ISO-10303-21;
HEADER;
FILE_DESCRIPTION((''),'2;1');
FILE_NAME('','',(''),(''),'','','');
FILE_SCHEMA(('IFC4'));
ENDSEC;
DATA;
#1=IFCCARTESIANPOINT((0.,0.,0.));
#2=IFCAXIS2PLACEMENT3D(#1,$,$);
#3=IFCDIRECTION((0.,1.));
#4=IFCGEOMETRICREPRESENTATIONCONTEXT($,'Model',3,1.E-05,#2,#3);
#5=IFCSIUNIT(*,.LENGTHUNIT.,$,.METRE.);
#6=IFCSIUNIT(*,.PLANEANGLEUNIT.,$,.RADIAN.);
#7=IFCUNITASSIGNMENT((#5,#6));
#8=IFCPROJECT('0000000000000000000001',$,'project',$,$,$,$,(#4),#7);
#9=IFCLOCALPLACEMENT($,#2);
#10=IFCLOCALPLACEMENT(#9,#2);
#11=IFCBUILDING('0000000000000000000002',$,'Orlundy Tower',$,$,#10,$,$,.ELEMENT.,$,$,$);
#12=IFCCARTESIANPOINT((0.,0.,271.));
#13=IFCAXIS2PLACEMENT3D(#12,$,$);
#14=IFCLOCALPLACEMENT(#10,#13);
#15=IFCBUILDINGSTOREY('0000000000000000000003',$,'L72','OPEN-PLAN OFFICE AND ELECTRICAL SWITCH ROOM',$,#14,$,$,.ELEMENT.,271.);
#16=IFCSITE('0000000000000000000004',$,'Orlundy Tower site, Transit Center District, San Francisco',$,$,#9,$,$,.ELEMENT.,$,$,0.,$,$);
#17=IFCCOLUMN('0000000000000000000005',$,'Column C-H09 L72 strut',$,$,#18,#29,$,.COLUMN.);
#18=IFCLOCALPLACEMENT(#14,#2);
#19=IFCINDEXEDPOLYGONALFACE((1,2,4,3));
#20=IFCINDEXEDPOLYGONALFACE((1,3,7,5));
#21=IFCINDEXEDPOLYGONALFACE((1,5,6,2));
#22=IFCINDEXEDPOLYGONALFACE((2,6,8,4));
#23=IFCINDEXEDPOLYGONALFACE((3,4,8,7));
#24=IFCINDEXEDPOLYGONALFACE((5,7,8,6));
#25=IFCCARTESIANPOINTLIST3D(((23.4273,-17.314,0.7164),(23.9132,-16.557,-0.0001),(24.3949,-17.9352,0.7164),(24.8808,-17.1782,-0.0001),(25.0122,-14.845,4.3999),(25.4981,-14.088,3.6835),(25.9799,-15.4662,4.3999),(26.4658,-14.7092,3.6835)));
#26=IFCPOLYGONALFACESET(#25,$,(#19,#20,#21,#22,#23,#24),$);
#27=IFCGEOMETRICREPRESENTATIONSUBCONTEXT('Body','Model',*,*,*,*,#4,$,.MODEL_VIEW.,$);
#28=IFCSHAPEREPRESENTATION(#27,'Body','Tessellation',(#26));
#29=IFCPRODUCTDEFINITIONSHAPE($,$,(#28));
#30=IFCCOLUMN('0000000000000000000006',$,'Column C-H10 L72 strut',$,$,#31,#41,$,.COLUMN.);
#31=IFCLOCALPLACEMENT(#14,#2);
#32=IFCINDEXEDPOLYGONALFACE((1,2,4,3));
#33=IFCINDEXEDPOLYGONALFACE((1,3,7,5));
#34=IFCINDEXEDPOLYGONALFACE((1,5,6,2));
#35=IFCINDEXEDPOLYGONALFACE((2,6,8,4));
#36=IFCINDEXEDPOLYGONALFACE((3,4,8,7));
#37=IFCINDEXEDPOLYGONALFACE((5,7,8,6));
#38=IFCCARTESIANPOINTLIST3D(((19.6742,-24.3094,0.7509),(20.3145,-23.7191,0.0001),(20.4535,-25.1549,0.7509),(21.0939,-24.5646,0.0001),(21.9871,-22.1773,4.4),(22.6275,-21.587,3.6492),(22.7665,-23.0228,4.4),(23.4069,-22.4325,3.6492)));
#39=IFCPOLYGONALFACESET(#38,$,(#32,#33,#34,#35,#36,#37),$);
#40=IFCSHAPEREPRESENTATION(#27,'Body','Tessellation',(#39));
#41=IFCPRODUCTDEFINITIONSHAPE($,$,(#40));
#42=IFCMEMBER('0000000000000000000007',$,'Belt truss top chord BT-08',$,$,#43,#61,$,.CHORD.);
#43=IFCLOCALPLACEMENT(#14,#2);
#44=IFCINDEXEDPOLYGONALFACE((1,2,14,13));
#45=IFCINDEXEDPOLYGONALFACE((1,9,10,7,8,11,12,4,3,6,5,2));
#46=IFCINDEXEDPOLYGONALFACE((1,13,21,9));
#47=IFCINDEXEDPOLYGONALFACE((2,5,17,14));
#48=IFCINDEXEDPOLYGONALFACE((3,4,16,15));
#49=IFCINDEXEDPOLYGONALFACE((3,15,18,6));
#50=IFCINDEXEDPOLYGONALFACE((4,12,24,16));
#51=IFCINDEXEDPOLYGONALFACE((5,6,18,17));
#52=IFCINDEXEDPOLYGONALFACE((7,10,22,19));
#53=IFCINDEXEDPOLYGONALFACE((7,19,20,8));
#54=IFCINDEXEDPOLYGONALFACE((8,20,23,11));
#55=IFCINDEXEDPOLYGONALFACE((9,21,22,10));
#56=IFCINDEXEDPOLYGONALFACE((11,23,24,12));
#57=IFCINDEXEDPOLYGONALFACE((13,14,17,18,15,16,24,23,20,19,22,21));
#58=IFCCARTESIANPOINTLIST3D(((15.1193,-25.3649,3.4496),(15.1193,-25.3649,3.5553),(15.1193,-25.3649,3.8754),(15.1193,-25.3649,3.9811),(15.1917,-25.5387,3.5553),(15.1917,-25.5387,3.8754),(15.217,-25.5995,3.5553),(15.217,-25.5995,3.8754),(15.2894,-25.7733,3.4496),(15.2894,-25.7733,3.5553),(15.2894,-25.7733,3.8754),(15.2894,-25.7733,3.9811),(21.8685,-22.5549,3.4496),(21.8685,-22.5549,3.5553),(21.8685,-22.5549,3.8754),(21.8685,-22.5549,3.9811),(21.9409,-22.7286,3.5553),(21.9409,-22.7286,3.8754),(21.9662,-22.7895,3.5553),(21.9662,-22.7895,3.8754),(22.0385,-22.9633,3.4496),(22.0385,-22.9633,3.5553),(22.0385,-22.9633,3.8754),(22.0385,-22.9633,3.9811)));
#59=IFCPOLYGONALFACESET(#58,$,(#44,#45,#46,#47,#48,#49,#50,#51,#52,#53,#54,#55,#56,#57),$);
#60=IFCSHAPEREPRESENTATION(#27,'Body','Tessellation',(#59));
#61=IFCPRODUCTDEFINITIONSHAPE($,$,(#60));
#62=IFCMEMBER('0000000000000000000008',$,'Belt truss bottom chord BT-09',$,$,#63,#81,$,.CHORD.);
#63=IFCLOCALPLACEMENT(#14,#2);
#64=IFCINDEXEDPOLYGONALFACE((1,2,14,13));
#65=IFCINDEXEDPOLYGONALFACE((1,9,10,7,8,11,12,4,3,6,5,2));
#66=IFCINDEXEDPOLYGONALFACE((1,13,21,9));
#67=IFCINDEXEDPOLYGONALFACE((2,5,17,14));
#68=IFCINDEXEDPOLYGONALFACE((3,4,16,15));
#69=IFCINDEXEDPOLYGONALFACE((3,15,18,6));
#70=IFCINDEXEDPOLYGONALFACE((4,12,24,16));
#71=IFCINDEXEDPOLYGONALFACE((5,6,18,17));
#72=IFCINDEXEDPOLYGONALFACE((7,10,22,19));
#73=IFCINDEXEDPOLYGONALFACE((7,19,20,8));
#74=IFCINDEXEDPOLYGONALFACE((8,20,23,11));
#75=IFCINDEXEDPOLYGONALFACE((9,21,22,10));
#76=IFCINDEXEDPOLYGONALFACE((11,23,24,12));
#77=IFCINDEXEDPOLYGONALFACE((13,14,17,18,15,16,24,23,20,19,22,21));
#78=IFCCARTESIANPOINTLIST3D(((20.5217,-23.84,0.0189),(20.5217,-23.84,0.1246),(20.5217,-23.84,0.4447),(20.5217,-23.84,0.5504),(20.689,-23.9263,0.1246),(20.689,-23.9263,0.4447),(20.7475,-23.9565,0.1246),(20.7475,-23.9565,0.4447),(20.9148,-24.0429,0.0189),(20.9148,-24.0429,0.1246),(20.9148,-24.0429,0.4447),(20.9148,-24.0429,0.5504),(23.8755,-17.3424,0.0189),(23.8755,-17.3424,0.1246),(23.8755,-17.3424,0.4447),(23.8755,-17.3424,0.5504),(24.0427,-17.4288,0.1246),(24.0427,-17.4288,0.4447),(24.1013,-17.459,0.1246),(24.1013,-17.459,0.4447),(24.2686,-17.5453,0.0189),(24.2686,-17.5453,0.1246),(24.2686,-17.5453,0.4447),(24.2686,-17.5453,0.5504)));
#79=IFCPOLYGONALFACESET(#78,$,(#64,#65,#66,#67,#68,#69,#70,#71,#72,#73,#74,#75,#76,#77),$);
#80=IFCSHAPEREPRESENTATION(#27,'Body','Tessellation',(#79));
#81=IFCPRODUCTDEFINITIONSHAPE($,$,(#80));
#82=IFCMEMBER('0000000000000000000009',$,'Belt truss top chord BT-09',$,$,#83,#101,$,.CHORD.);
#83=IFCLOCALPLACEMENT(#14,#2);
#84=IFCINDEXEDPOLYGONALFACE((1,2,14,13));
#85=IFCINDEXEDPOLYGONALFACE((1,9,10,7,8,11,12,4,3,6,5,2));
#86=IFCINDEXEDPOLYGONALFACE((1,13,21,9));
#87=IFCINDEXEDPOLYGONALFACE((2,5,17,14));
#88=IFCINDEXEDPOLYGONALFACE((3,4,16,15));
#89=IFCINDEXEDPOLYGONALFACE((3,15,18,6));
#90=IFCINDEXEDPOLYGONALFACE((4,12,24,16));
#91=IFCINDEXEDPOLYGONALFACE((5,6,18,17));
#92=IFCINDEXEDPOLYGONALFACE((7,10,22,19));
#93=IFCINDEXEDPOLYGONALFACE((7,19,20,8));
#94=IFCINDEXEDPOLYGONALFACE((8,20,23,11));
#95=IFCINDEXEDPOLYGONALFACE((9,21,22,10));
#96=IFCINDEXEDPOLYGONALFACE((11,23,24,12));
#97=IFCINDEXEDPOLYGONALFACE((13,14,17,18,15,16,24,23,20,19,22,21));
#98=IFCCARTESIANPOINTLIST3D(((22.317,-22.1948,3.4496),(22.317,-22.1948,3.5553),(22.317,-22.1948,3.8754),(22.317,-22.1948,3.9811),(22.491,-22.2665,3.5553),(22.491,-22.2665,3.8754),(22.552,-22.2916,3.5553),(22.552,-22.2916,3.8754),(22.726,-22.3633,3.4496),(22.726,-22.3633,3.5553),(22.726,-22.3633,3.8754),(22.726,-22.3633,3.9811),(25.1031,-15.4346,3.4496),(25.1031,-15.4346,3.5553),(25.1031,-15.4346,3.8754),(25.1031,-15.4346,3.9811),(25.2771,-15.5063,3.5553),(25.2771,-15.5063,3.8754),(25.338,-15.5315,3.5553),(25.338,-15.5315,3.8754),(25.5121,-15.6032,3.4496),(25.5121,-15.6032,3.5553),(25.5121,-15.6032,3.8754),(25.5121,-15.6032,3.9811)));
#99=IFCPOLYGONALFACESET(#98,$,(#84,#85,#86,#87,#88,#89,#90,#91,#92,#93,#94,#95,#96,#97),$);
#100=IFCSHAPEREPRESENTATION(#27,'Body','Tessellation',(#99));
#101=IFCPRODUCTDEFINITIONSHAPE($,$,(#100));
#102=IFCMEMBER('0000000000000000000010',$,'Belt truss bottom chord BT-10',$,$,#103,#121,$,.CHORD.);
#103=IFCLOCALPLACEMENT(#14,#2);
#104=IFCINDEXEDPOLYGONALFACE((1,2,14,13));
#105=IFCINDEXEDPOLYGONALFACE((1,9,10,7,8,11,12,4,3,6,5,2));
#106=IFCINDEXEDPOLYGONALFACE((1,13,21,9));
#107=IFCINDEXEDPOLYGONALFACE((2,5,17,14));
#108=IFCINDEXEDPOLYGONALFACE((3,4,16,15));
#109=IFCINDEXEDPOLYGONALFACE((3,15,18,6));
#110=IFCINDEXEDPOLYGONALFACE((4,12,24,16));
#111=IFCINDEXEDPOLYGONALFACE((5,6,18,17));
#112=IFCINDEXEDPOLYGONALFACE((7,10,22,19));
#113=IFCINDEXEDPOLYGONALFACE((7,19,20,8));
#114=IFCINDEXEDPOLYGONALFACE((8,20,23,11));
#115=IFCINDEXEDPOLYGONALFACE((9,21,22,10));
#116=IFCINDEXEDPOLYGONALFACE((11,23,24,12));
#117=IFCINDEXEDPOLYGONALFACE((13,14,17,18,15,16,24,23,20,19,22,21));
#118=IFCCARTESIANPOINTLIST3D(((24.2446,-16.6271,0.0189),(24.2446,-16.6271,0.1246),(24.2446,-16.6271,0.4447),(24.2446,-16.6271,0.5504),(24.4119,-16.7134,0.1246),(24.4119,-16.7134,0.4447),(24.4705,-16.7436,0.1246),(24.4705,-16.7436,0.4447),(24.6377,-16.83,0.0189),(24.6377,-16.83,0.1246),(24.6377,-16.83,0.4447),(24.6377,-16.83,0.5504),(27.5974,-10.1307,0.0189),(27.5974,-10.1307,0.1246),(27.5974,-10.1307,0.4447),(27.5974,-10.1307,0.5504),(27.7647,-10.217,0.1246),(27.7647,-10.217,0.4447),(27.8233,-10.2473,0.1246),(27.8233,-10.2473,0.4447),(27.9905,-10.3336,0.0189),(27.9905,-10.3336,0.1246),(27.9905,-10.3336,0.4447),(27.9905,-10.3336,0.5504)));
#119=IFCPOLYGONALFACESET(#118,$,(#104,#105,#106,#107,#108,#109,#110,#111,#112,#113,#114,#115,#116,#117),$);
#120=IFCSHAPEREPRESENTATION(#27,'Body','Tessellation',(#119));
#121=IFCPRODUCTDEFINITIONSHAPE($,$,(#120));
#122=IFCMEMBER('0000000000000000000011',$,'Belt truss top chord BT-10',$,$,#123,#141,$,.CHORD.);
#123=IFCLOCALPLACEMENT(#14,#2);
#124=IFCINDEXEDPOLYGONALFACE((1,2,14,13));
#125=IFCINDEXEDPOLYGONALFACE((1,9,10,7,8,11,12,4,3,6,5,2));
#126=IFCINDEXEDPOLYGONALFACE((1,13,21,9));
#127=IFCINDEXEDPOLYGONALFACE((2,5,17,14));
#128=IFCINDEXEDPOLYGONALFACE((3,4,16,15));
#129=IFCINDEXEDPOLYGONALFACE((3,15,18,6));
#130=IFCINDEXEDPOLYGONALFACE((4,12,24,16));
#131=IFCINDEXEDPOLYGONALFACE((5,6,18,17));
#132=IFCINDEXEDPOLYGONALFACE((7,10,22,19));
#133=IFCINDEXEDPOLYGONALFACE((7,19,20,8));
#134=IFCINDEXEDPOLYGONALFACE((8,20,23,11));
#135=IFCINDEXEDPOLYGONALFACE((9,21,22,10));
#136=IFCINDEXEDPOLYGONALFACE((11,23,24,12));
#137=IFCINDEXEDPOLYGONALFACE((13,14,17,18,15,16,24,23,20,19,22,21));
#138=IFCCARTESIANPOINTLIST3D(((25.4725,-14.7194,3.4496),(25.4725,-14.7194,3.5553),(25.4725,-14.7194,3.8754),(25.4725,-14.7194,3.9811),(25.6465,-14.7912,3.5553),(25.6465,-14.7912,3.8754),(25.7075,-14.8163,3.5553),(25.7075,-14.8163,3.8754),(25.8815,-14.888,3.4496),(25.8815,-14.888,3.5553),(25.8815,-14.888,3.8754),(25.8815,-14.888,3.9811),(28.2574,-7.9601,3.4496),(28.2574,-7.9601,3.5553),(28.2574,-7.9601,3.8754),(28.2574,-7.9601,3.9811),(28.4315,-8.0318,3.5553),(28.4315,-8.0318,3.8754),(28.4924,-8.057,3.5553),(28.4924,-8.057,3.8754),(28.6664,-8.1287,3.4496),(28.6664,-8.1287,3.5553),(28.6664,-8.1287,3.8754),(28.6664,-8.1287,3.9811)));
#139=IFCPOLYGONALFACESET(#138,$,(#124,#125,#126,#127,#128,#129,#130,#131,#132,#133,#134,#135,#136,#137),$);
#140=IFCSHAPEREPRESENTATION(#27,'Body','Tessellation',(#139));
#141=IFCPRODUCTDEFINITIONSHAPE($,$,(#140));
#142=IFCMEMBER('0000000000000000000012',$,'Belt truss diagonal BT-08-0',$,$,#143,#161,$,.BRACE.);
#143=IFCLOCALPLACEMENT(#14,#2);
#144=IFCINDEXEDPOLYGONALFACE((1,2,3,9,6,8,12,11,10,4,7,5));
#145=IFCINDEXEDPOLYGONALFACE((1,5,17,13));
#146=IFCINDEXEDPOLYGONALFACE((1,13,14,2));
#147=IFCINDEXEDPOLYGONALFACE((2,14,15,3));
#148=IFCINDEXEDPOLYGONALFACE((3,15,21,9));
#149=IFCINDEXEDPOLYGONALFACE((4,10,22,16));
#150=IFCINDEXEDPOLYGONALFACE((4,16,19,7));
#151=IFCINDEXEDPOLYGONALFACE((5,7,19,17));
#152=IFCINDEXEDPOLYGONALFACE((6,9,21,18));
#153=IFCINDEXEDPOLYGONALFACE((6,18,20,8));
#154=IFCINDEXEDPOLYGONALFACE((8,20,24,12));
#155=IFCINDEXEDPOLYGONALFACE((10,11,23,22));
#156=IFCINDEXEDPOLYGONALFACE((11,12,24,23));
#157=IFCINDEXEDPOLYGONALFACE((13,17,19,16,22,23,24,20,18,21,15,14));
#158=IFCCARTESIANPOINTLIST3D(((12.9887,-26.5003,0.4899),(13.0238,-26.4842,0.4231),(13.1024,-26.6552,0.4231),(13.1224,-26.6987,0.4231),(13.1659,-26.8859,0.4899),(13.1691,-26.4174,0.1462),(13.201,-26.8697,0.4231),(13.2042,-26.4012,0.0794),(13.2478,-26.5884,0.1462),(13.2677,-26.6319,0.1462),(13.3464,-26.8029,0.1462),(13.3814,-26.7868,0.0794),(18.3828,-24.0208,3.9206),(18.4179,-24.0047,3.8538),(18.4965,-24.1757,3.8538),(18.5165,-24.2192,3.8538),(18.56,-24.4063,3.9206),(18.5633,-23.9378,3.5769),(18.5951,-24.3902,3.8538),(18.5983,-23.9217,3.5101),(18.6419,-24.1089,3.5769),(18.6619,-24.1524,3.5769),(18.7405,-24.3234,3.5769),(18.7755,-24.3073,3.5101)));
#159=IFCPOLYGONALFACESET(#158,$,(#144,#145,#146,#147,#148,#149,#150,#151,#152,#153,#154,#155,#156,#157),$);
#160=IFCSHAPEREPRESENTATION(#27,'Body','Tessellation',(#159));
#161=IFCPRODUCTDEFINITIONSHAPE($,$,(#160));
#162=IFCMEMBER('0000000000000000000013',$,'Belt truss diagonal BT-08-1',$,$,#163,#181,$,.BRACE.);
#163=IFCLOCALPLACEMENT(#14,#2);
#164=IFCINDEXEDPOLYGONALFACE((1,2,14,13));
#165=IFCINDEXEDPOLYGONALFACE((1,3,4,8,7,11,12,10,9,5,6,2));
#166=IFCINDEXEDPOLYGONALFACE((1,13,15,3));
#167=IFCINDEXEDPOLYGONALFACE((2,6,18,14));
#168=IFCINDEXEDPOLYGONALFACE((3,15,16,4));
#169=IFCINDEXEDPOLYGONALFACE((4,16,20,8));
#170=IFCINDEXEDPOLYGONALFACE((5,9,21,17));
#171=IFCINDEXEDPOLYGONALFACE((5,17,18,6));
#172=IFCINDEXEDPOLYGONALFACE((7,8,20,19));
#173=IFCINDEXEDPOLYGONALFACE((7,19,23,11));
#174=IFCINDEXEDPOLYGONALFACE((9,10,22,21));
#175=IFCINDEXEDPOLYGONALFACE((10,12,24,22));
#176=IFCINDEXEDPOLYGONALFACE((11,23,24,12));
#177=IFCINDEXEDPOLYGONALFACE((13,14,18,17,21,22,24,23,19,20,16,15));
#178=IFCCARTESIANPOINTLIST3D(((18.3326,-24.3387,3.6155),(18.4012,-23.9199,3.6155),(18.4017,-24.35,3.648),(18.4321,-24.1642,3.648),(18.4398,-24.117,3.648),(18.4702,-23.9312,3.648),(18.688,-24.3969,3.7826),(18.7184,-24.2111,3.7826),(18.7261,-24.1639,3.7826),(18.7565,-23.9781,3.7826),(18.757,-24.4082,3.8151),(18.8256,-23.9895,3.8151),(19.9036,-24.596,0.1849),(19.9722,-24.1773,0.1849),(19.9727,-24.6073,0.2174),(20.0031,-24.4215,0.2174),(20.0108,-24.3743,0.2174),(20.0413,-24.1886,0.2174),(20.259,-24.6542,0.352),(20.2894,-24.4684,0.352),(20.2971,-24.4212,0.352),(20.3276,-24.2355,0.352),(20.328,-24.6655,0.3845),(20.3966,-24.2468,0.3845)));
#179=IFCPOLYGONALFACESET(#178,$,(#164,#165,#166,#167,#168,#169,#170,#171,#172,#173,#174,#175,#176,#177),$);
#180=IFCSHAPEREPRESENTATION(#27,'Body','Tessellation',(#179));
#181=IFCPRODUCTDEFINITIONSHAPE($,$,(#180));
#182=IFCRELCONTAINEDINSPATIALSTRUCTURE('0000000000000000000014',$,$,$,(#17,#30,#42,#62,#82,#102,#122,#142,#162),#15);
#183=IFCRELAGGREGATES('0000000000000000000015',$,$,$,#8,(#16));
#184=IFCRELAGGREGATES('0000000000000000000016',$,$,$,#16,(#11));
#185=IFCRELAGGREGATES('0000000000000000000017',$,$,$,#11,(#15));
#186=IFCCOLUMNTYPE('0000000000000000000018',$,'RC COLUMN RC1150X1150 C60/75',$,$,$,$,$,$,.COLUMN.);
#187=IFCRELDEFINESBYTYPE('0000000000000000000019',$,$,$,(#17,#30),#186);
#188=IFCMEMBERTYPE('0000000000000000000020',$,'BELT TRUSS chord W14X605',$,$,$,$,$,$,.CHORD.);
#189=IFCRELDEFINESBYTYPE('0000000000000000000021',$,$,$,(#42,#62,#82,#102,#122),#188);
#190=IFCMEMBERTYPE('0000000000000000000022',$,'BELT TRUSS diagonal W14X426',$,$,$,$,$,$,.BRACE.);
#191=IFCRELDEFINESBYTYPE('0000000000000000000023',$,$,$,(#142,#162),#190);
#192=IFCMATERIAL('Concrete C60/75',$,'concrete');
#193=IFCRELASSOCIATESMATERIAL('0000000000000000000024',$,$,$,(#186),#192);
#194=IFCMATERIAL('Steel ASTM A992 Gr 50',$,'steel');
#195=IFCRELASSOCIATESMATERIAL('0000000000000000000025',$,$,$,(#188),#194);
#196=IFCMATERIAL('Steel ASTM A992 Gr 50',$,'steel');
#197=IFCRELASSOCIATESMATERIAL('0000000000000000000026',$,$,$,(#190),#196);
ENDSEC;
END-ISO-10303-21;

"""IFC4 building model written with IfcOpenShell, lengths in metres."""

from ifc_helpers import new_model, si_unit, direction, frame, origin, origin_2d, place, context, subcontext, project, spatial, rectangle, i_section, extrude, material, material_profile, profile_set, type_object, element, save


model = new_model("IFC4")

# Units and contexts
model_context = context("Model", 3, precision=1e-05, world=origin(), true_north=direction((0.0, 1.0)))
body_context = subcontext(model_context, "Body", "Model", "MODEL_VIEW")
ifc_project = project(units=[si_unit("LENGTHUNIT", "METRE"), si_unit("PLANEANGLEUNIT", "RADIAN")], contexts=[model_context])

# Site, building, storey
site_placement = place(None, origin())
site = spatial("IfcSite", under=ifc_project, at=site_placement, Name="Orlundy Tower site, Transit Center District, San Francisco", CompositionType="ELEMENT", RefElevation=0.0)
building_placement = place(site_placement, origin())
building = spatial("IfcBuilding", under=site, at=building_placement, Name="Orlundy Tower", CompositionType="ELEMENT")
storey_placement = place(building_placement, frame((0.0, 0.0, 271.0)))
storey = spatial("IfcBuildingStorey", under=building, at=storey_placement, Name="L72", Description="OPEN-PLAN OFFICE AND ELECTRICAL SWITCH ROOM", CompositionType="ELEMENT", Elevation=271.0)

# Columns
ifc_material_1 = material(Name="Concrete C60/75", Category="concrete")
ifc_material_profile_1 = material_profile(ifc_material_1, rectangle(XDim=1.1499, YDim=1.1499, at=origin_2d()), Name="RC1150X1150")
ifc_profile_set_1 = profile_set([ifc_material_profile_1], Name="Concrete C60/75")
column_type = type_object("IfcColumnType", Name="RC COLUMN RC1150X1150 C60/75", PredefinedType="COLUMN", material=ifc_profile_set_1)
column_1_placement = place(storey_placement, frame((24.1541, -17.2461, 0.3582), z_axis=(0.336564, 0.524288, 0.782206), x_axis=(-0.841527, 0.540215, 0.0)))
element("IfcColumn", 1, at=column_1_placement, inside=storey, type_object=column_type, Name="Column C-H09 L72 strut", PredefinedType="COLUMN", context=body_context, shape_type="SweptSolid", body=[
    extrude(rectangle(XDim=1.1499, YDim=1.1499, at=origin_2d()), origin(), (0.0, 0.0, 1.0), 4.7092),
])
column_2_placement = place(storey_placement, frame((20.384, -24.437, 0.3755), z_axis=(0.480083, 0.442533, 0.75742), x_axis=(-0.677767, 0.735276, 0.0)))
element("IfcColumn", 2, at=column_2_placement, inside=storey, type_object=column_type, Name="Column C-H10 L72 strut", PredefinedType="COLUMN", context=body_context, shape_type="SweptSolid", body=[
    extrude(rectangle(XDim=1.1499, YDim=1.1499, at=origin_2d()), origin(), (0.0, 0.0, 1.0), 4.8179),
])

# Members
ifc_material_2 = material(Name="Steel ASTM A992 Gr 50", Category="steel")
ifc_material_profile_2 = material_profile(ifc_material_2, i_section(OverallWidth=0.4424, OverallDepth=0.5315, WebThickness=0.0659, FlangeThickness=0.1057, at=origin_2d()), Name="W14X605")
ifc_profile_set_2 = profile_set([ifc_material_profile_2], Name="Steel ASTM A992 Gr 50")
member_type_1 = type_object("IfcMemberType", Name="BELT TRUSS chord W14X605", PredefinedType="CHORD", material=ifc_profile_set_2)
member_1_placement = place(storey_placement, frame((15.2043, -25.5691, 3.7153), z_axis=(0.923181, 0.384366, 0.0), x_axis=(-0.384366, 0.923181, 0.0)))
element("IfcMember", 3, at=member_1_placement, inside=storey, type_object=member_type_1, Name="Belt truss top chord BT-08", PredefinedType="CHORD", context=body_context, shape_type="SweptSolid", body=[
    extrude(i_section(OverallWidth=0.4424, OverallDepth=0.5315, WebThickness=0.0659, FlangeThickness=0.1057, at=origin_2d()), origin(), (0.0, 0.0, 1.0), 7.3108),
])
member_2_placement = place(storey_placement, frame((20.7183, -23.9414, 0.2847), z_axis=(0.458662, 0.888611, 0.0), x_axis=(-0.888611, 0.458662, 0.0)))
element("IfcMember", 4, at=member_2_placement, inside=storey, type_object=member_type_1, Name="Belt truss bottom chord BT-09", PredefinedType="CHORD", context=body_context, shape_type="SweptSolid", body=[
    extrude(i_section(OverallWidth=0.4424, OverallDepth=0.5315, WebThickness=0.0659, FlangeThickness=0.1057, at=origin_2d()), origin(), (0.0, 0.0, 1.0), 7.312),
])
member_3_placement = place(storey_placement, frame((22.5215, -22.2791, 3.7153), z_axis=(0.381042, 0.924558, 0.0), x_axis=(-0.924558, 0.381042, 0.0)))
element("IfcMember", 5, at=member_3_placement, inside=storey, type_object=member_type_1, Name="Belt truss top chord BT-09", PredefinedType="CHORD", context=body_context, shape_type="SweptSolid", body=[
    extrude(i_section(OverallWidth=0.4424, OverallDepth=0.5315, WebThickness=0.0659, FlangeThickness=0.1057, at=origin_2d()), origin(), (0.0, 0.0, 1.0), 7.3118),
])
for number, where, z_axis, x_axis, name in (
    (6, (24.4412, -16.7285, 0.2847), (0.458625, 0.88863, 0.0), (-0.88863, 0.458625, 0.0), "Belt truss bottom chord BT-10"),
    (7, (25.677, -14.8037, 3.7153), (0.380946, 0.924597, 0.0), (-0.924597, 0.380946, 0.0), "Belt truss top chord BT-10"),
):
    element("IfcMember", number, at=place(storey_placement, frame(where, z_axis=z_axis, x_axis=x_axis)), inside=storey, type_object=member_type_1, Name=name, PredefinedType="CHORD", context=body_context, shape_type="SweptSolid", body=[
        extrude(i_section(OverallWidth=0.4424, OverallDepth=0.5315, WebThickness=0.0659, FlangeThickness=0.1057, at=origin_2d()), origin(), (0.0, 0.0, 1.0), 7.3105),
    ])
ifc_material_3 = material(Name="Steel ASTM A992 Gr 50", Category="steel")
ifc_material_profile_3 = material_profile(ifc_material_3, i_section(OverallWidth=0.4243, OverallDepth=0.4741, WebThickness=0.0479, FlangeThickness=0.0771, at=origin_2d()), Name="W14X426")
ifc_profile_set_3 = profile_set([ifc_material_profile_3], Name="Steel ASTM A992 Gr 50")
member_type_2 = type_object("IfcMemberType", Name="BELT TRUSS diagonal W14X426", PredefinedType="BRACE", material=ifc_profile_set_3)
member_4_placement = place(storey_placement, frame((13.1851, -26.6436, 0.2847), z_axis=(0.786693, 0.361621, 0.500344), x_axis=(-0.41766, 0.908603, 0.0)))
element("IfcMember", 8, at=member_4_placement, inside=storey, type_object=member_type_2, Name="Belt truss diagonal BT-08-0", PredefinedType="BRACE", context=body_context, shape_type="SweptSolid", body=[
    extrude(i_section(OverallWidth=0.4243, OverallDepth=0.4741, WebThickness=0.0479, FlangeThickness=0.0771, at=origin_2d()), origin(), (0.0, 0.0, 1.0), 6.8567),
])
member_5_placement = place(storey_placement, frame((18.5791, -24.1641, 3.7153), z_axis=(0.415396, -0.068038, -0.907093), x_axis=(0.161638, 0.98685, 0.0)))
element("IfcMember", 9, at=member_5_placement, inside=storey, type_object=member_type_2, Name="Belt truss diagonal BT-08-1", PredefinedType="BRACE", context=body_context, shape_type="SweptSolid", body=[
    extrude(i_section(OverallWidth=0.4243, OverallDepth=0.4741, WebThickness=0.0479, FlangeThickness=0.0771, at=origin_2d()), origin(), (0.0, 0.0, 1.0), 3.782),
])

save(model, "model.ifc")
